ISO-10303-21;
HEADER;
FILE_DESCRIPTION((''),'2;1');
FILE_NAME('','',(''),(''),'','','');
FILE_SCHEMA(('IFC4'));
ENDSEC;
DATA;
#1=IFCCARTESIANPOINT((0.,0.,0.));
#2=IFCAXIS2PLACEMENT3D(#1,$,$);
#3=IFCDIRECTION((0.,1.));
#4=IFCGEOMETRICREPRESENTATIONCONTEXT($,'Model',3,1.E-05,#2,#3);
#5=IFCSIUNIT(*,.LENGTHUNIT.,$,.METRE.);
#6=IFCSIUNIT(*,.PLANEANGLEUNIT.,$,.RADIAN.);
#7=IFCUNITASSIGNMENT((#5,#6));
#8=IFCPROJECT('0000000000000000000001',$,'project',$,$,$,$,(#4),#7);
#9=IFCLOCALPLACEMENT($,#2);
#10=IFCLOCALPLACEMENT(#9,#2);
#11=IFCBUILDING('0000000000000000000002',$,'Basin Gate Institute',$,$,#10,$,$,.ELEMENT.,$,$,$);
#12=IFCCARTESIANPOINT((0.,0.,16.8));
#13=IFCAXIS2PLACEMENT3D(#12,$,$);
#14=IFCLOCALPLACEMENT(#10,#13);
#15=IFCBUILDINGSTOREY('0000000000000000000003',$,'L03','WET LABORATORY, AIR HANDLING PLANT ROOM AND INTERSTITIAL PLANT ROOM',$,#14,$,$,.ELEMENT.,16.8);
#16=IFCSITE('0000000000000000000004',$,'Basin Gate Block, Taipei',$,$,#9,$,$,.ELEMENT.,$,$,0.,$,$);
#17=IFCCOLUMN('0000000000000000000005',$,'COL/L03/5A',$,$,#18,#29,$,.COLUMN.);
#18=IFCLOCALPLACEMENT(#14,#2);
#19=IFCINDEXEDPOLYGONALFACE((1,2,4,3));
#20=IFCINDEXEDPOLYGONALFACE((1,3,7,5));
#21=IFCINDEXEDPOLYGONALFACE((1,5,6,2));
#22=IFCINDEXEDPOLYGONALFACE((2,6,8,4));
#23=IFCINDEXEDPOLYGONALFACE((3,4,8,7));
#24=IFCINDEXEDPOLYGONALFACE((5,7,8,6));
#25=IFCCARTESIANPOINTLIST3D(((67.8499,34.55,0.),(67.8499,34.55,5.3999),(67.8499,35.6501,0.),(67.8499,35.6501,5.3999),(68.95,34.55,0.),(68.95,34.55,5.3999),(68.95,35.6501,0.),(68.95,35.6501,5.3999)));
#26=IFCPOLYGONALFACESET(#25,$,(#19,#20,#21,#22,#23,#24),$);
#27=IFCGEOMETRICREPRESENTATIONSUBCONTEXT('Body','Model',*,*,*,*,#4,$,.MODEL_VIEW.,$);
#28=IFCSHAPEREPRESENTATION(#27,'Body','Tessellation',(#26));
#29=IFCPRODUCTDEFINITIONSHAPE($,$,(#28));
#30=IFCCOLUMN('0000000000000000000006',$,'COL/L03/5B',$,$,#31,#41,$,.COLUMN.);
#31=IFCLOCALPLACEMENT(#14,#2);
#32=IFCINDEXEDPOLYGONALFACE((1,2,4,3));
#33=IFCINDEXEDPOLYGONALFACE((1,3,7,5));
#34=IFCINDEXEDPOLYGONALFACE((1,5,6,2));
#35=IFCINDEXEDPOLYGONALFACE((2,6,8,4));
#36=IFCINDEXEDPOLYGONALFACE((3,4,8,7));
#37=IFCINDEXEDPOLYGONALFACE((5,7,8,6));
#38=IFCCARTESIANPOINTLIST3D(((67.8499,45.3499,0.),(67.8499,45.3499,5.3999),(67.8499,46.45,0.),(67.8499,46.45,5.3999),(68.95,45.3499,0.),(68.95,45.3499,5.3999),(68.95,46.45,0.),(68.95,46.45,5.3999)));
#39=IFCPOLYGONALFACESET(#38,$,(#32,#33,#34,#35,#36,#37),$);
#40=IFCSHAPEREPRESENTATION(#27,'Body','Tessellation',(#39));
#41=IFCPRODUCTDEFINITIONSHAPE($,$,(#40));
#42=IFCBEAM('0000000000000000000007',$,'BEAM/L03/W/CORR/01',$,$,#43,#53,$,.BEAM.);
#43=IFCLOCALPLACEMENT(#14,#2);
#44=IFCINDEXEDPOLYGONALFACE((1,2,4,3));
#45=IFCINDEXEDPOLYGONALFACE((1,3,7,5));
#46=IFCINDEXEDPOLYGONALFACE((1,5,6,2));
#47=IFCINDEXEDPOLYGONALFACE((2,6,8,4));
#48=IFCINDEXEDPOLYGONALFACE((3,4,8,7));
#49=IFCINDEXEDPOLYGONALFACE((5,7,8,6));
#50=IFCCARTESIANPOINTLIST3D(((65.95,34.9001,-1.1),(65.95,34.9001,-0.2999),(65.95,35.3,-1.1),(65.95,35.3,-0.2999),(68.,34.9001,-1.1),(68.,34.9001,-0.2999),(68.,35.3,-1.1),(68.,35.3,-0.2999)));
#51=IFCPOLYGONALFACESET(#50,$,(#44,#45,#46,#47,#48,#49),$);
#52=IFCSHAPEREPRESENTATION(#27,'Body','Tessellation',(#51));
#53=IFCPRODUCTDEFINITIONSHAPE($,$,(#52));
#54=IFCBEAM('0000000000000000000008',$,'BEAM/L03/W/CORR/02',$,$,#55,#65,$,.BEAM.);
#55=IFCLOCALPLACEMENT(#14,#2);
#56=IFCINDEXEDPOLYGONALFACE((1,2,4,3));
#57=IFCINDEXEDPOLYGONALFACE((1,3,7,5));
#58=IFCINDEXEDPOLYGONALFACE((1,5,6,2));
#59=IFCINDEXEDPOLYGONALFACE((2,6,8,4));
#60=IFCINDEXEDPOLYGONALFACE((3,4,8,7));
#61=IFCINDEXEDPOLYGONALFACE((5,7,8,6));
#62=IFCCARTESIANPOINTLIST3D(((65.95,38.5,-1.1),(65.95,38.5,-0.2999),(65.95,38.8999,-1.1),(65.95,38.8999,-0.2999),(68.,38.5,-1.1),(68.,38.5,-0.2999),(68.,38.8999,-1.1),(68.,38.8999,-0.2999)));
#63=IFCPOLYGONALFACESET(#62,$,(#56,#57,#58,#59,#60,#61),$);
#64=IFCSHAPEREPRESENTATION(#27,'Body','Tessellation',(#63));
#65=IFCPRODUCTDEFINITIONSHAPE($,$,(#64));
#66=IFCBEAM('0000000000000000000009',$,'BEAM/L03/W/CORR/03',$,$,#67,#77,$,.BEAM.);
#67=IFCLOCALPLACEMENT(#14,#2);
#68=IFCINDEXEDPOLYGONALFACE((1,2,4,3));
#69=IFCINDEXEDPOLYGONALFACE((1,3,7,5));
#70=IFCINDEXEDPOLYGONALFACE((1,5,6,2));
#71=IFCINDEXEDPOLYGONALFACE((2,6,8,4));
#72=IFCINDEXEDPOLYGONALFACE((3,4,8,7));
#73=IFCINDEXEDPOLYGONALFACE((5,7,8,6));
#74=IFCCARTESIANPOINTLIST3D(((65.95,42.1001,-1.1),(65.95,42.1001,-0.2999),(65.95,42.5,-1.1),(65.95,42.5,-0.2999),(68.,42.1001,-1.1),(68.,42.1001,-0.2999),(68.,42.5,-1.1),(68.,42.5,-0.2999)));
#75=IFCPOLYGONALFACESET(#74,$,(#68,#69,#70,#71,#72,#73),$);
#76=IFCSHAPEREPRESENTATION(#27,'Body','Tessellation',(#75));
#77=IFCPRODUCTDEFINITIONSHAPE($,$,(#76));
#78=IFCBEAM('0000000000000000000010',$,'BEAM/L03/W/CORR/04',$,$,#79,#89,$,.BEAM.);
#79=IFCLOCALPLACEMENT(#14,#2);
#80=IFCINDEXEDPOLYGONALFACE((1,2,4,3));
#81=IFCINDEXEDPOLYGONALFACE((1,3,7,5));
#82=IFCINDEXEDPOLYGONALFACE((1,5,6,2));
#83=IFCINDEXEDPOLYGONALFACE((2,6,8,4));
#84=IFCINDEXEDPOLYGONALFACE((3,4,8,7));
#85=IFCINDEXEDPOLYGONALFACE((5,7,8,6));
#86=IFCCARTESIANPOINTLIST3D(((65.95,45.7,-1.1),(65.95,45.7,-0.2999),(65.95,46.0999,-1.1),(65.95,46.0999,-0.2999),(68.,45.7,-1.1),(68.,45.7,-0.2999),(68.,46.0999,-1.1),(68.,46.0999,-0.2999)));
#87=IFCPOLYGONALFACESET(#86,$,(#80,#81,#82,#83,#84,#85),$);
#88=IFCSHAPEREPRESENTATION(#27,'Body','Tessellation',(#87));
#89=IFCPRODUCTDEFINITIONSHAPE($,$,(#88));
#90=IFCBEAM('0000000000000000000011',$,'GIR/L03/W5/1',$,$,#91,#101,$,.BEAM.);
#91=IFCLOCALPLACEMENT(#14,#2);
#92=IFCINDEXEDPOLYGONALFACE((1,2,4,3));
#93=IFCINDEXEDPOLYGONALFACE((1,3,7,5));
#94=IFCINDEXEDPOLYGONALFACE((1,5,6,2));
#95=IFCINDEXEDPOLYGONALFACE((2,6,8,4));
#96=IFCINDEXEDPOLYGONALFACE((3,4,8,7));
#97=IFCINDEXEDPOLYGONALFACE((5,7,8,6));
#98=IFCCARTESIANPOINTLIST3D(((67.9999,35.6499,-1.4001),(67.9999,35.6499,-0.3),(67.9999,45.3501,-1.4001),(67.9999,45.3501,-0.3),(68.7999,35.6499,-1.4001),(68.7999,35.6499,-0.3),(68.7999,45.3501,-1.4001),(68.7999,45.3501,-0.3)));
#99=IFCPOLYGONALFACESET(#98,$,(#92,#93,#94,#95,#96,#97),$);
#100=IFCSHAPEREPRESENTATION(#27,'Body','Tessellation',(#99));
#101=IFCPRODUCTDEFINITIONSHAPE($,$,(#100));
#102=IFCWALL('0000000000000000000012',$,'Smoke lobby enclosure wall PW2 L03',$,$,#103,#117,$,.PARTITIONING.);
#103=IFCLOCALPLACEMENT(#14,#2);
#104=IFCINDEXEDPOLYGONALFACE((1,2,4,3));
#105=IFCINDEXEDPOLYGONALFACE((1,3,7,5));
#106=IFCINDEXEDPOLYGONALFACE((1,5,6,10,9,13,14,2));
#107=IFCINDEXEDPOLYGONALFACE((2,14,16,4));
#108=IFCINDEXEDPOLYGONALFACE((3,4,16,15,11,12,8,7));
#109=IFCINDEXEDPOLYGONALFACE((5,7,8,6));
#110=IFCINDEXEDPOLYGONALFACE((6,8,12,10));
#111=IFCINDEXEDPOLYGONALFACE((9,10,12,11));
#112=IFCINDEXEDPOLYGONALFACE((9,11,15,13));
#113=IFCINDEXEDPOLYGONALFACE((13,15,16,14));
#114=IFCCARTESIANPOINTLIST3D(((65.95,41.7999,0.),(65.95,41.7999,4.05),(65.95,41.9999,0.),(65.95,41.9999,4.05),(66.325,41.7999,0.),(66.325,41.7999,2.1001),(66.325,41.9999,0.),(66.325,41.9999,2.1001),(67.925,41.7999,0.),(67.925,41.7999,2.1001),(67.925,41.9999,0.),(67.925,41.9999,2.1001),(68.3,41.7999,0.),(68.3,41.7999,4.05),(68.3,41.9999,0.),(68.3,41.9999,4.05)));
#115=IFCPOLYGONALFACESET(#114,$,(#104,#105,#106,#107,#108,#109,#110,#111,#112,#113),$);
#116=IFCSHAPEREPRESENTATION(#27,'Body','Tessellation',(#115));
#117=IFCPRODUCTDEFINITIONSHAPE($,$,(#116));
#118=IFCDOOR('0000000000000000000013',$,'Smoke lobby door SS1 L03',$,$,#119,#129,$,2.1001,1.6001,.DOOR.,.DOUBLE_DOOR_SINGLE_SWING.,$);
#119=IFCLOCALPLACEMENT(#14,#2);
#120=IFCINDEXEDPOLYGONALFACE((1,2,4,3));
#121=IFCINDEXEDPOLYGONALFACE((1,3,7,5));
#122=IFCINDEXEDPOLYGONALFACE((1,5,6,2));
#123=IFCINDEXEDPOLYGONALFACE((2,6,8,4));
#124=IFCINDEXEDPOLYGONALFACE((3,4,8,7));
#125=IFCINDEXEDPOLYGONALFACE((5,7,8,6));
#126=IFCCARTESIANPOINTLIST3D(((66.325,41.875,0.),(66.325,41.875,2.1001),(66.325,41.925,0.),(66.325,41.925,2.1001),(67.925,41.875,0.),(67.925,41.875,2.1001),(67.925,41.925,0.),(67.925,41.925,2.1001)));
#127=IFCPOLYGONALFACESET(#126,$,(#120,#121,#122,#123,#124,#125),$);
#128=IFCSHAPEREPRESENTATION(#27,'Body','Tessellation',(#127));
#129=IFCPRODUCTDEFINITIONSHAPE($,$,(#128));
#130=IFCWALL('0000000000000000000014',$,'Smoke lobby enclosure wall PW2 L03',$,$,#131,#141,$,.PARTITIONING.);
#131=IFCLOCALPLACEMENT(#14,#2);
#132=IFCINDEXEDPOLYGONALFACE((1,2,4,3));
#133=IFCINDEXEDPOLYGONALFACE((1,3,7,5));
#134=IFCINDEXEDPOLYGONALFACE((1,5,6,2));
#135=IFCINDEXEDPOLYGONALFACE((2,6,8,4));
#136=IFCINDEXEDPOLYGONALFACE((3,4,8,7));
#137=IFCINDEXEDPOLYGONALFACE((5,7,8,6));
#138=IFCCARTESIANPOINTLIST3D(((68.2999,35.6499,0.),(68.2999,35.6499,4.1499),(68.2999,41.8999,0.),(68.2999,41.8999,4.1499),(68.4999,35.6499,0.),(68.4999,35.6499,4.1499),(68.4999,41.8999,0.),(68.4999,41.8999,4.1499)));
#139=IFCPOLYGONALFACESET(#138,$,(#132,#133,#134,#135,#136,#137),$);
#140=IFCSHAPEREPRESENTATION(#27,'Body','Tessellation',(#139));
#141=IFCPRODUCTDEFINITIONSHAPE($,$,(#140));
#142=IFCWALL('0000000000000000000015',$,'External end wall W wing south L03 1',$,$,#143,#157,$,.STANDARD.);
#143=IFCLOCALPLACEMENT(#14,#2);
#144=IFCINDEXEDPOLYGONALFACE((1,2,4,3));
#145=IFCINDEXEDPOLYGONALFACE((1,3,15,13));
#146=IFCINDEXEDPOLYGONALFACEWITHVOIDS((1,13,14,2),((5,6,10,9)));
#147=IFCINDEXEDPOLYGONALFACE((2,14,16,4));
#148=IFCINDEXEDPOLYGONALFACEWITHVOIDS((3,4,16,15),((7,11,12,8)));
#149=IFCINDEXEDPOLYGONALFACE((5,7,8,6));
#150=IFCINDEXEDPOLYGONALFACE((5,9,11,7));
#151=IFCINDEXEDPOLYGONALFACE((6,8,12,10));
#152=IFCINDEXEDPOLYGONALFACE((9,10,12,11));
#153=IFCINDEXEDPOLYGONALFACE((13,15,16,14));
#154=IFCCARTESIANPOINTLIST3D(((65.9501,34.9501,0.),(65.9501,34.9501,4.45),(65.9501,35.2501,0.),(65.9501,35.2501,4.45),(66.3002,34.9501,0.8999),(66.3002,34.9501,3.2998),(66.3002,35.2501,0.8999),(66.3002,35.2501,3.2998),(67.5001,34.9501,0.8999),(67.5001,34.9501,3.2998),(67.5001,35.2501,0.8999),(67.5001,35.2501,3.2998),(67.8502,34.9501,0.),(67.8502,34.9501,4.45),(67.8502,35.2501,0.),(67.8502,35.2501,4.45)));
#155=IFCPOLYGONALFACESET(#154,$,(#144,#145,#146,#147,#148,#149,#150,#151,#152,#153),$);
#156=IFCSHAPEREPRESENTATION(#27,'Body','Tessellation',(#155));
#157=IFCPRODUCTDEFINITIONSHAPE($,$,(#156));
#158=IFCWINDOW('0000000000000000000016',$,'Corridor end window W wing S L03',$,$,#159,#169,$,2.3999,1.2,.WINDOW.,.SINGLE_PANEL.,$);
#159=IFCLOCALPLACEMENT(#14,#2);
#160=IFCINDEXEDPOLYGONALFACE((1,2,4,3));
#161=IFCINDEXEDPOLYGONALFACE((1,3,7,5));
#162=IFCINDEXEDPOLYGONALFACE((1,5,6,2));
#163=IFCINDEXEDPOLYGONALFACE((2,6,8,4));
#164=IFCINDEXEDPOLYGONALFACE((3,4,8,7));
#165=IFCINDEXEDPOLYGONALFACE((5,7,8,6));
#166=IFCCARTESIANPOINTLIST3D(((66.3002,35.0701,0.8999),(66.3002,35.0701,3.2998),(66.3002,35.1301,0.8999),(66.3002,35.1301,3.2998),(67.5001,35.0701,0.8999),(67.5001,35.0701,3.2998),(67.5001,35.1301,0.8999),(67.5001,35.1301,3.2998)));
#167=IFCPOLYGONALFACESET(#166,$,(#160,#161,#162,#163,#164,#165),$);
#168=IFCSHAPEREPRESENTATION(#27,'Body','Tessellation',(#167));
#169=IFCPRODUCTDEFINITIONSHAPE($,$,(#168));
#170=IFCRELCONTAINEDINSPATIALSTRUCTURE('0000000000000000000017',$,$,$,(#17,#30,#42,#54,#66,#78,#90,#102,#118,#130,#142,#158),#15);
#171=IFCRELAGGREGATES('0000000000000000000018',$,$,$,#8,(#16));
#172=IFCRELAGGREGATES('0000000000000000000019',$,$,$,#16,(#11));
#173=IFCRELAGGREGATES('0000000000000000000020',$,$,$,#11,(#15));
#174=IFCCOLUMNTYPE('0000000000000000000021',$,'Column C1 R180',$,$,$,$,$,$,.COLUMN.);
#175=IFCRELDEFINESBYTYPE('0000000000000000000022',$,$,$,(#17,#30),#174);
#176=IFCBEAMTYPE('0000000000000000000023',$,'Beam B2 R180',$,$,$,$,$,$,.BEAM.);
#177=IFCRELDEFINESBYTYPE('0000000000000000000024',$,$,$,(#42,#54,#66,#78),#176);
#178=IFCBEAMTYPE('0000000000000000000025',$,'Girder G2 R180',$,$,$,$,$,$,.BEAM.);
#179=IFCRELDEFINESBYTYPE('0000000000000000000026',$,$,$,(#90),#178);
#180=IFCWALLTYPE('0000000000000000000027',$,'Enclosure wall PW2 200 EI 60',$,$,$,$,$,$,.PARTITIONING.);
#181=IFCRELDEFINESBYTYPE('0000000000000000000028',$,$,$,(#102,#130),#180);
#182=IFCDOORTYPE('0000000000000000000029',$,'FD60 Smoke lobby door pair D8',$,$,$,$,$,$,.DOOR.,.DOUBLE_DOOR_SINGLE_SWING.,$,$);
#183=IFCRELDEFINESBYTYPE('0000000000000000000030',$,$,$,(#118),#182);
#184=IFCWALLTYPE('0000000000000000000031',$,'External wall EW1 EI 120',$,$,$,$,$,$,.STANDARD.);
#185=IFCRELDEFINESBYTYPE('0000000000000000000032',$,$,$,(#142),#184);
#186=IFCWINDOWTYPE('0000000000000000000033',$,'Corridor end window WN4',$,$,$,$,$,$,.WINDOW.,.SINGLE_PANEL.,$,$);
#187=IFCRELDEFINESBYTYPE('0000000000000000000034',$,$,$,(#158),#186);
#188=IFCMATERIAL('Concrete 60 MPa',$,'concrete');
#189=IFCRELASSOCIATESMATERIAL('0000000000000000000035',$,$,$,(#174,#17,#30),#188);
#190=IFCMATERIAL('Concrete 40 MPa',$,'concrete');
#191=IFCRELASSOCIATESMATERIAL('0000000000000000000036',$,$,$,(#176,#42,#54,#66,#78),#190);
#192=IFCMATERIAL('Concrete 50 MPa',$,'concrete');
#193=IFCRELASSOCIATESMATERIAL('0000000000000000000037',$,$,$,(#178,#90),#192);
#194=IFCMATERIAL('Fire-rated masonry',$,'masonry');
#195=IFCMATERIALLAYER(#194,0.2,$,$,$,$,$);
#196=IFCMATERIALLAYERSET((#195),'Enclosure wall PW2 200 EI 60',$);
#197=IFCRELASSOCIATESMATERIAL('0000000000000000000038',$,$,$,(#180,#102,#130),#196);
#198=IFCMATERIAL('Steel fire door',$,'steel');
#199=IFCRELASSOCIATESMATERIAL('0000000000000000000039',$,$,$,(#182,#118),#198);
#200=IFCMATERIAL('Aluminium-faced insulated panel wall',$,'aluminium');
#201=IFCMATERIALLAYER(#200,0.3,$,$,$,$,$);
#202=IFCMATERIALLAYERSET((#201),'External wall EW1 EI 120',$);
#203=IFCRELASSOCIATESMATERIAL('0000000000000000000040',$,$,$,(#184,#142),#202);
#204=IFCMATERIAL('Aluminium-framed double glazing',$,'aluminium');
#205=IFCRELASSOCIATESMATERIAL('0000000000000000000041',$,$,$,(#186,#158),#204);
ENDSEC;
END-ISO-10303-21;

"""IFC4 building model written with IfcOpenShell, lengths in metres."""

from ifc_helpers import new_model, si_unit, direction, frame, frame_2d, origin, origin_2d, place, context, subcontext, project, spatial, rectangle, extrude, material, layer, layer_set, material_profile, profile_set, type_object, element, fill, save


model = new_model("IFC4")

# Units and contexts
model_context = context("Model", 3, precision=1e-05, world=origin(), true_north=direction((0.0, 1.0)))
body_context = subcontext(model_context, "Body", "Model", "MODEL_VIEW")
ifc_project = project(units=[si_unit("LENGTHUNIT", "METRE"), si_unit("PLANEANGLEUNIT", "RADIAN")], contexts=[model_context])

# Site, building, storey
site_placement = place(None, origin())
site = spatial("IfcSite", under=ifc_project, at=site_placement, Name="Basin Gate Block, Taipei", CompositionType="ELEMENT", RefElevation=0.0)
building_placement = place(site_placement, origin())
building = spatial("IfcBuilding", under=site, at=building_placement, Name="Basin Gate Institute", CompositionType="ELEMENT")
storey_placement = place(building_placement, frame((0.0, 0.0, 16.8)))
storey = spatial("IfcBuildingStorey", under=building, at=storey_placement, Name="L03", Description="WET LABORATORY, AIR HANDLING PLANT ROOM AND INTERSTITIAL PLANT ROOM", CompositionType="ELEMENT", Elevation=16.8)

# Columns
ifc_material_1 = material(Name="Concrete 60 MPa", Category="concrete")
ifc_material_profile_1 = material_profile(ifc_material_1, rectangle(XDim=1.1001, YDim=1.1001, at=origin_2d()), Name="Column C1 1100 x 1100")
ifc_profile_set_1 = profile_set([ifc_material_profile_1], Name="Concrete 60 MPa")
column_type = type_object("IfcColumnType", Name="Column C1 R180", PredefinedType="COLUMN", material=ifc_profile_set_1)
for number, where, z_axis, x_axis, name in (
    (1, (68.3999, 35.1001, 0.0), (0.0, 0.0, 1.0), (1.0, 0.0, 0.0), "COL/L03/5A"),
    (2, (68.3999, 45.8999, 0.0), (0.0, 0.0, 1.0), (1.0, 0.0, 0.0), "COL/L03/5B"),
):
    element("IfcColumn", number, at=place(storey_placement, frame(where, z_axis=z_axis, x_axis=x_axis)), inside=storey, type_object=column_type, material=ifc_profile_set_1, Name=name, PredefinedType="COLUMN", context=body_context, shape_type="SweptSolid", body=[
        extrude(rectangle(XDim=1.1001, YDim=1.1001, at=origin_2d()), origin(), (0.0, 0.0, 1.0), 5.3999),
    ])

# Beams
ifc_material_2 = material(Name="Concrete 40 MPa", Category="concrete")
ifc_material_profile_2 = material_profile(ifc_material_2, rectangle(XDim=0.3999, YDim=0.8, at=origin_2d()), Name="Beam B2 400 x 800")
ifc_profile_set_2 = profile_set([ifc_material_profile_2], Name="Concrete 40 MPa")
beam_type_1 = type_object("IfcBeamType", Name="Beam B2 R180", PredefinedType="BEAM", material=ifc_profile_set_2)
for number, where, z_axis, x_axis, name in (
    (3, (65.95, 35.1001, -0.7), (1.0, 0.0, 0.0), (0.0, 1.0, 0.0), "BEAM/L03/W/CORR/01"),
    (4, (65.95, 38.7, -0.7), (1.0, 0.0, 0.0), (0.0, 1.0, 0.0), "BEAM/L03/W/CORR/02"),
    (5, (65.95, 42.3, -0.7), (1.0, 0.0, 0.0), (0.0, 1.0, 0.0), "BEAM/L03/W/CORR/03"),
    (6, (65.95, 45.8999, -0.7), (1.0, 0.0, 0.0), (0.0, 1.0, 0.0), "BEAM/L03/W/CORR/04"),
):
    element("IfcBeam", number, at=place(storey_placement, frame(where, z_axis=z_axis, x_axis=x_axis)), inside=storey, type_object=beam_type_1, material=ifc_profile_set_2, Name=name, PredefinedType="BEAM", context=body_context, shape_type="SweptSolid", body=[
        extrude(rectangle(XDim=0.3999, YDim=0.8, at=origin_2d()), origin(), (0.0, 0.0, 1.0), 2.05),
    ])
ifc_material_3 = material(Name="Concrete 50 MPa", Category="concrete")
ifc_material_profile_3 = material_profile(ifc_material_3, rectangle(XDim=0.8, YDim=1.1001, at=origin_2d()), Name="Girder G2 800 x 1100")
ifc_profile_set_3 = profile_set([ifc_material_profile_3], Name="Concrete 50 MPa")
beam_type_2 = type_object("IfcBeamType", Name="Girder G2 R180", PredefinedType="BEAM", material=ifc_profile_set_3)
beam_placement = place(storey_placement, frame((68.3999, 35.6499, -0.8501), z_axis=(0.0, 1.0, 0.0), x_axis=(-1.0, 0.0, 0.0)))
element("IfcBeam", 7, at=beam_placement, inside=storey, type_object=beam_type_2, material=ifc_profile_set_3, Name="GIR/L03/W5/1", PredefinedType="BEAM", context=body_context, shape_type="SweptSolid", body=[
    extrude(rectangle(XDim=0.8, YDim=1.1001, at=origin_2d()), origin(), (0.0, 0.0, 1.0), 9.7002),
])

# Wall, opening, door
ifc_material_4 = material(Name="Fire-rated masonry", Category="masonry")
ifc_layer_1 = layer(ifc_material_4, 0.2)
ifc_layer_set_1 = layer_set([ifc_layer_1], Name="Enclosure wall PW2 200 EI 60")
wall_type_1 = type_object("IfcWallType", Name="Enclosure wall PW2 200 EI 60", PredefinedType="PARTITIONING", material=ifc_layer_set_1)
wall_1_placement = place(storey_placement, frame((65.95, 41.8999, 0.0), z_axis=(0.0, 0.0, 1.0), x_axis=(1.0, 0.0, 0.0)))
wall_1 = element("IfcWall", 8, at=wall_1_placement, inside=storey, type_object=wall_type_1, material=ifc_layer_set_1, Name="Smoke lobby enclosure wall PW2 L03", PredefinedType="PARTITIONING", context=body_context, shape_type="SweptSolid", body=[
    extrude(rectangle(XDim=2.3501, YDim=0.2, at=frame_2d((1.175, 0.0))), origin(), (0.0, 0.0, 1.0), 4.05),
])
opening_1_placement = place(wall_1_placement, frame((0.375, 0.0, 0.0)))
opening_1 = element("IfcOpeningElement", 9, at=opening_1_placement, cuts=wall_1, PredefinedType="OPENING", context=body_context, shape_type="SweptSolid", body=[
    extrude(rectangle(XDim=1.6001, YDim=2.1001, at=frame_2d((0.8, 1.05))), frame((0.0, 0.1099, 0.0), z_axis=(0.0, -1.0, 0.0), x_axis=(1.0, 0.0, 0.0)), (0.0, 0.0, 1.0), 0.22),
])
ifc_material_5 = material(Name="Steel fire door", Category="steel")
door_type_1 = type_object("IfcDoorType", Name="FD60 Smoke lobby door pair D8", OperationType="DOUBLE_DOOR_SINGLE_SWING", PredefinedType="DOOR", material=ifc_material_5)
door_1_placement = place(opening_1_placement, frame((1.6001, 0.0, 0.0), z_axis=(0.0, 0.0, 1.0), x_axis=(-1.0, 0.0, 0.0)))
door_1 = element("IfcDoor", 10, at=door_1_placement, inside=storey, type_object=door_type_1, material=ifc_material_5, Name="Smoke lobby door SS1 L03", OperationType="DOUBLE_DOOR_SINGLE_SWING", OverallHeight=2.1001, OverallWidth=1.6001, PredefinedType="DOOR", context=body_context, shape_type="SweptSolid", body=[
    extrude(rectangle(XDim=1.6001, YDim=2.1001, at=frame_2d((0.8, 1.05))), frame((0.0, 0.0249, 0.0), z_axis=(0.0, -1.0, 0.0), x_axis=(1.0, 0.0, 0.0)), (0.0, 0.0, 1.0), 0.05),
])
fill(opening_1, door_1)

# Wall
wall_2_placement = place(storey_placement, frame((68.3999, 35.6499, 0.0), z_axis=(0.0, 0.0, 1.0), x_axis=(0.0, 1.0, 0.0)))
element("IfcWall", 11, at=wall_2_placement, inside=storey, type_object=wall_type_1, material=ifc_layer_set_1, Name="Smoke lobby enclosure wall PW2 L03", PredefinedType="PARTITIONING", context=body_context, shape_type="SweptSolid", body=[
    extrude(rectangle(XDim=6.25, YDim=0.2, at=frame_2d((3.125, 0.0))), origin(), (0.0, 0.0, 1.0), 4.1499),
])

# Wall, opening, window
ifc_material_6 = material(Name="Aluminium-faced insulated panel wall", Category="aluminium")
ifc_layer_2 = layer(ifc_material_6, 0.3)
ifc_layer_set_2 = layer_set([ifc_layer_2], Name="External wall EW1 EI 120")
wall_type_2 = type_object("IfcWallType", Name="External wall EW1 EI 120", PredefinedType="STANDARD", material=ifc_layer_set_2)
wall_3_placement = place(storey_placement, frame((65.95, 35.1001, 0.0), z_axis=(0.0, 0.0, 1.0), x_axis=(1.0, 0.0, 0.0)))
wall_3 = element("IfcWall", 12, at=wall_3_placement, inside=storey, type_object=wall_type_2, material=ifc_layer_set_2, Name="External end wall W wing south L03 1", PredefinedType="STANDARD", context=body_context, shape_type="SweptSolid", body=[
    extrude(rectangle(XDim=1.9001, YDim=0.3, at=frame_2d((0.9502, 0.0))), origin(), (0.0, 0.0, 1.0), 4.45),
])
opening_2_placement = place(wall_3_placement, frame((0.3501, 0.0, 0.8999)))
opening_2 = element("IfcOpeningElement", 13, at=opening_2_placement, cuts=wall_3, PredefinedType="OPENING", context=body_context, shape_type="SweptSolid", body=[
    extrude(rectangle(XDim=1.2, YDim=2.3999, at=frame_2d((0.6001, 1.2))), frame((0.0, 0.1602, 0.0), z_axis=(0.0, -1.0, 0.0), x_axis=(1.0, 0.0, 0.0)), (0.0, 0.0, 1.0), 0.3201),
])
ifc_material_7 = material(Name="Aluminium-framed double glazing", Category="aluminium")
window_type = type_object("IfcWindowType", Name="Corridor end window WN4", PartitioningType="SINGLE_PANEL", PredefinedType="WINDOW", material=ifc_material_7)
window_placement = place(opening_2_placement, origin())
window = element("IfcWindow", 14, at=window_placement, inside=storey, type_object=window_type, material=ifc_material_7, Name="Corridor end window W wing S L03", OverallHeight=2.3999, OverallWidth=1.2, PartitioningType="SINGLE_PANEL", PredefinedType="WINDOW", context=body_context, shape_type="SweptSolid", body=[
    extrude(rectangle(XDim=1.2, YDim=2.3999, at=frame_2d((0.6001, 1.2))), frame((0.0, 0.03, 0.0), z_axis=(0.0, -1.0, 0.0), x_axis=(1.0, 0.0, 0.0)), (0.0, 0.0, 1.0), 0.0601),
])
fill(opening_2, window)

save(model, "model.ifc")
